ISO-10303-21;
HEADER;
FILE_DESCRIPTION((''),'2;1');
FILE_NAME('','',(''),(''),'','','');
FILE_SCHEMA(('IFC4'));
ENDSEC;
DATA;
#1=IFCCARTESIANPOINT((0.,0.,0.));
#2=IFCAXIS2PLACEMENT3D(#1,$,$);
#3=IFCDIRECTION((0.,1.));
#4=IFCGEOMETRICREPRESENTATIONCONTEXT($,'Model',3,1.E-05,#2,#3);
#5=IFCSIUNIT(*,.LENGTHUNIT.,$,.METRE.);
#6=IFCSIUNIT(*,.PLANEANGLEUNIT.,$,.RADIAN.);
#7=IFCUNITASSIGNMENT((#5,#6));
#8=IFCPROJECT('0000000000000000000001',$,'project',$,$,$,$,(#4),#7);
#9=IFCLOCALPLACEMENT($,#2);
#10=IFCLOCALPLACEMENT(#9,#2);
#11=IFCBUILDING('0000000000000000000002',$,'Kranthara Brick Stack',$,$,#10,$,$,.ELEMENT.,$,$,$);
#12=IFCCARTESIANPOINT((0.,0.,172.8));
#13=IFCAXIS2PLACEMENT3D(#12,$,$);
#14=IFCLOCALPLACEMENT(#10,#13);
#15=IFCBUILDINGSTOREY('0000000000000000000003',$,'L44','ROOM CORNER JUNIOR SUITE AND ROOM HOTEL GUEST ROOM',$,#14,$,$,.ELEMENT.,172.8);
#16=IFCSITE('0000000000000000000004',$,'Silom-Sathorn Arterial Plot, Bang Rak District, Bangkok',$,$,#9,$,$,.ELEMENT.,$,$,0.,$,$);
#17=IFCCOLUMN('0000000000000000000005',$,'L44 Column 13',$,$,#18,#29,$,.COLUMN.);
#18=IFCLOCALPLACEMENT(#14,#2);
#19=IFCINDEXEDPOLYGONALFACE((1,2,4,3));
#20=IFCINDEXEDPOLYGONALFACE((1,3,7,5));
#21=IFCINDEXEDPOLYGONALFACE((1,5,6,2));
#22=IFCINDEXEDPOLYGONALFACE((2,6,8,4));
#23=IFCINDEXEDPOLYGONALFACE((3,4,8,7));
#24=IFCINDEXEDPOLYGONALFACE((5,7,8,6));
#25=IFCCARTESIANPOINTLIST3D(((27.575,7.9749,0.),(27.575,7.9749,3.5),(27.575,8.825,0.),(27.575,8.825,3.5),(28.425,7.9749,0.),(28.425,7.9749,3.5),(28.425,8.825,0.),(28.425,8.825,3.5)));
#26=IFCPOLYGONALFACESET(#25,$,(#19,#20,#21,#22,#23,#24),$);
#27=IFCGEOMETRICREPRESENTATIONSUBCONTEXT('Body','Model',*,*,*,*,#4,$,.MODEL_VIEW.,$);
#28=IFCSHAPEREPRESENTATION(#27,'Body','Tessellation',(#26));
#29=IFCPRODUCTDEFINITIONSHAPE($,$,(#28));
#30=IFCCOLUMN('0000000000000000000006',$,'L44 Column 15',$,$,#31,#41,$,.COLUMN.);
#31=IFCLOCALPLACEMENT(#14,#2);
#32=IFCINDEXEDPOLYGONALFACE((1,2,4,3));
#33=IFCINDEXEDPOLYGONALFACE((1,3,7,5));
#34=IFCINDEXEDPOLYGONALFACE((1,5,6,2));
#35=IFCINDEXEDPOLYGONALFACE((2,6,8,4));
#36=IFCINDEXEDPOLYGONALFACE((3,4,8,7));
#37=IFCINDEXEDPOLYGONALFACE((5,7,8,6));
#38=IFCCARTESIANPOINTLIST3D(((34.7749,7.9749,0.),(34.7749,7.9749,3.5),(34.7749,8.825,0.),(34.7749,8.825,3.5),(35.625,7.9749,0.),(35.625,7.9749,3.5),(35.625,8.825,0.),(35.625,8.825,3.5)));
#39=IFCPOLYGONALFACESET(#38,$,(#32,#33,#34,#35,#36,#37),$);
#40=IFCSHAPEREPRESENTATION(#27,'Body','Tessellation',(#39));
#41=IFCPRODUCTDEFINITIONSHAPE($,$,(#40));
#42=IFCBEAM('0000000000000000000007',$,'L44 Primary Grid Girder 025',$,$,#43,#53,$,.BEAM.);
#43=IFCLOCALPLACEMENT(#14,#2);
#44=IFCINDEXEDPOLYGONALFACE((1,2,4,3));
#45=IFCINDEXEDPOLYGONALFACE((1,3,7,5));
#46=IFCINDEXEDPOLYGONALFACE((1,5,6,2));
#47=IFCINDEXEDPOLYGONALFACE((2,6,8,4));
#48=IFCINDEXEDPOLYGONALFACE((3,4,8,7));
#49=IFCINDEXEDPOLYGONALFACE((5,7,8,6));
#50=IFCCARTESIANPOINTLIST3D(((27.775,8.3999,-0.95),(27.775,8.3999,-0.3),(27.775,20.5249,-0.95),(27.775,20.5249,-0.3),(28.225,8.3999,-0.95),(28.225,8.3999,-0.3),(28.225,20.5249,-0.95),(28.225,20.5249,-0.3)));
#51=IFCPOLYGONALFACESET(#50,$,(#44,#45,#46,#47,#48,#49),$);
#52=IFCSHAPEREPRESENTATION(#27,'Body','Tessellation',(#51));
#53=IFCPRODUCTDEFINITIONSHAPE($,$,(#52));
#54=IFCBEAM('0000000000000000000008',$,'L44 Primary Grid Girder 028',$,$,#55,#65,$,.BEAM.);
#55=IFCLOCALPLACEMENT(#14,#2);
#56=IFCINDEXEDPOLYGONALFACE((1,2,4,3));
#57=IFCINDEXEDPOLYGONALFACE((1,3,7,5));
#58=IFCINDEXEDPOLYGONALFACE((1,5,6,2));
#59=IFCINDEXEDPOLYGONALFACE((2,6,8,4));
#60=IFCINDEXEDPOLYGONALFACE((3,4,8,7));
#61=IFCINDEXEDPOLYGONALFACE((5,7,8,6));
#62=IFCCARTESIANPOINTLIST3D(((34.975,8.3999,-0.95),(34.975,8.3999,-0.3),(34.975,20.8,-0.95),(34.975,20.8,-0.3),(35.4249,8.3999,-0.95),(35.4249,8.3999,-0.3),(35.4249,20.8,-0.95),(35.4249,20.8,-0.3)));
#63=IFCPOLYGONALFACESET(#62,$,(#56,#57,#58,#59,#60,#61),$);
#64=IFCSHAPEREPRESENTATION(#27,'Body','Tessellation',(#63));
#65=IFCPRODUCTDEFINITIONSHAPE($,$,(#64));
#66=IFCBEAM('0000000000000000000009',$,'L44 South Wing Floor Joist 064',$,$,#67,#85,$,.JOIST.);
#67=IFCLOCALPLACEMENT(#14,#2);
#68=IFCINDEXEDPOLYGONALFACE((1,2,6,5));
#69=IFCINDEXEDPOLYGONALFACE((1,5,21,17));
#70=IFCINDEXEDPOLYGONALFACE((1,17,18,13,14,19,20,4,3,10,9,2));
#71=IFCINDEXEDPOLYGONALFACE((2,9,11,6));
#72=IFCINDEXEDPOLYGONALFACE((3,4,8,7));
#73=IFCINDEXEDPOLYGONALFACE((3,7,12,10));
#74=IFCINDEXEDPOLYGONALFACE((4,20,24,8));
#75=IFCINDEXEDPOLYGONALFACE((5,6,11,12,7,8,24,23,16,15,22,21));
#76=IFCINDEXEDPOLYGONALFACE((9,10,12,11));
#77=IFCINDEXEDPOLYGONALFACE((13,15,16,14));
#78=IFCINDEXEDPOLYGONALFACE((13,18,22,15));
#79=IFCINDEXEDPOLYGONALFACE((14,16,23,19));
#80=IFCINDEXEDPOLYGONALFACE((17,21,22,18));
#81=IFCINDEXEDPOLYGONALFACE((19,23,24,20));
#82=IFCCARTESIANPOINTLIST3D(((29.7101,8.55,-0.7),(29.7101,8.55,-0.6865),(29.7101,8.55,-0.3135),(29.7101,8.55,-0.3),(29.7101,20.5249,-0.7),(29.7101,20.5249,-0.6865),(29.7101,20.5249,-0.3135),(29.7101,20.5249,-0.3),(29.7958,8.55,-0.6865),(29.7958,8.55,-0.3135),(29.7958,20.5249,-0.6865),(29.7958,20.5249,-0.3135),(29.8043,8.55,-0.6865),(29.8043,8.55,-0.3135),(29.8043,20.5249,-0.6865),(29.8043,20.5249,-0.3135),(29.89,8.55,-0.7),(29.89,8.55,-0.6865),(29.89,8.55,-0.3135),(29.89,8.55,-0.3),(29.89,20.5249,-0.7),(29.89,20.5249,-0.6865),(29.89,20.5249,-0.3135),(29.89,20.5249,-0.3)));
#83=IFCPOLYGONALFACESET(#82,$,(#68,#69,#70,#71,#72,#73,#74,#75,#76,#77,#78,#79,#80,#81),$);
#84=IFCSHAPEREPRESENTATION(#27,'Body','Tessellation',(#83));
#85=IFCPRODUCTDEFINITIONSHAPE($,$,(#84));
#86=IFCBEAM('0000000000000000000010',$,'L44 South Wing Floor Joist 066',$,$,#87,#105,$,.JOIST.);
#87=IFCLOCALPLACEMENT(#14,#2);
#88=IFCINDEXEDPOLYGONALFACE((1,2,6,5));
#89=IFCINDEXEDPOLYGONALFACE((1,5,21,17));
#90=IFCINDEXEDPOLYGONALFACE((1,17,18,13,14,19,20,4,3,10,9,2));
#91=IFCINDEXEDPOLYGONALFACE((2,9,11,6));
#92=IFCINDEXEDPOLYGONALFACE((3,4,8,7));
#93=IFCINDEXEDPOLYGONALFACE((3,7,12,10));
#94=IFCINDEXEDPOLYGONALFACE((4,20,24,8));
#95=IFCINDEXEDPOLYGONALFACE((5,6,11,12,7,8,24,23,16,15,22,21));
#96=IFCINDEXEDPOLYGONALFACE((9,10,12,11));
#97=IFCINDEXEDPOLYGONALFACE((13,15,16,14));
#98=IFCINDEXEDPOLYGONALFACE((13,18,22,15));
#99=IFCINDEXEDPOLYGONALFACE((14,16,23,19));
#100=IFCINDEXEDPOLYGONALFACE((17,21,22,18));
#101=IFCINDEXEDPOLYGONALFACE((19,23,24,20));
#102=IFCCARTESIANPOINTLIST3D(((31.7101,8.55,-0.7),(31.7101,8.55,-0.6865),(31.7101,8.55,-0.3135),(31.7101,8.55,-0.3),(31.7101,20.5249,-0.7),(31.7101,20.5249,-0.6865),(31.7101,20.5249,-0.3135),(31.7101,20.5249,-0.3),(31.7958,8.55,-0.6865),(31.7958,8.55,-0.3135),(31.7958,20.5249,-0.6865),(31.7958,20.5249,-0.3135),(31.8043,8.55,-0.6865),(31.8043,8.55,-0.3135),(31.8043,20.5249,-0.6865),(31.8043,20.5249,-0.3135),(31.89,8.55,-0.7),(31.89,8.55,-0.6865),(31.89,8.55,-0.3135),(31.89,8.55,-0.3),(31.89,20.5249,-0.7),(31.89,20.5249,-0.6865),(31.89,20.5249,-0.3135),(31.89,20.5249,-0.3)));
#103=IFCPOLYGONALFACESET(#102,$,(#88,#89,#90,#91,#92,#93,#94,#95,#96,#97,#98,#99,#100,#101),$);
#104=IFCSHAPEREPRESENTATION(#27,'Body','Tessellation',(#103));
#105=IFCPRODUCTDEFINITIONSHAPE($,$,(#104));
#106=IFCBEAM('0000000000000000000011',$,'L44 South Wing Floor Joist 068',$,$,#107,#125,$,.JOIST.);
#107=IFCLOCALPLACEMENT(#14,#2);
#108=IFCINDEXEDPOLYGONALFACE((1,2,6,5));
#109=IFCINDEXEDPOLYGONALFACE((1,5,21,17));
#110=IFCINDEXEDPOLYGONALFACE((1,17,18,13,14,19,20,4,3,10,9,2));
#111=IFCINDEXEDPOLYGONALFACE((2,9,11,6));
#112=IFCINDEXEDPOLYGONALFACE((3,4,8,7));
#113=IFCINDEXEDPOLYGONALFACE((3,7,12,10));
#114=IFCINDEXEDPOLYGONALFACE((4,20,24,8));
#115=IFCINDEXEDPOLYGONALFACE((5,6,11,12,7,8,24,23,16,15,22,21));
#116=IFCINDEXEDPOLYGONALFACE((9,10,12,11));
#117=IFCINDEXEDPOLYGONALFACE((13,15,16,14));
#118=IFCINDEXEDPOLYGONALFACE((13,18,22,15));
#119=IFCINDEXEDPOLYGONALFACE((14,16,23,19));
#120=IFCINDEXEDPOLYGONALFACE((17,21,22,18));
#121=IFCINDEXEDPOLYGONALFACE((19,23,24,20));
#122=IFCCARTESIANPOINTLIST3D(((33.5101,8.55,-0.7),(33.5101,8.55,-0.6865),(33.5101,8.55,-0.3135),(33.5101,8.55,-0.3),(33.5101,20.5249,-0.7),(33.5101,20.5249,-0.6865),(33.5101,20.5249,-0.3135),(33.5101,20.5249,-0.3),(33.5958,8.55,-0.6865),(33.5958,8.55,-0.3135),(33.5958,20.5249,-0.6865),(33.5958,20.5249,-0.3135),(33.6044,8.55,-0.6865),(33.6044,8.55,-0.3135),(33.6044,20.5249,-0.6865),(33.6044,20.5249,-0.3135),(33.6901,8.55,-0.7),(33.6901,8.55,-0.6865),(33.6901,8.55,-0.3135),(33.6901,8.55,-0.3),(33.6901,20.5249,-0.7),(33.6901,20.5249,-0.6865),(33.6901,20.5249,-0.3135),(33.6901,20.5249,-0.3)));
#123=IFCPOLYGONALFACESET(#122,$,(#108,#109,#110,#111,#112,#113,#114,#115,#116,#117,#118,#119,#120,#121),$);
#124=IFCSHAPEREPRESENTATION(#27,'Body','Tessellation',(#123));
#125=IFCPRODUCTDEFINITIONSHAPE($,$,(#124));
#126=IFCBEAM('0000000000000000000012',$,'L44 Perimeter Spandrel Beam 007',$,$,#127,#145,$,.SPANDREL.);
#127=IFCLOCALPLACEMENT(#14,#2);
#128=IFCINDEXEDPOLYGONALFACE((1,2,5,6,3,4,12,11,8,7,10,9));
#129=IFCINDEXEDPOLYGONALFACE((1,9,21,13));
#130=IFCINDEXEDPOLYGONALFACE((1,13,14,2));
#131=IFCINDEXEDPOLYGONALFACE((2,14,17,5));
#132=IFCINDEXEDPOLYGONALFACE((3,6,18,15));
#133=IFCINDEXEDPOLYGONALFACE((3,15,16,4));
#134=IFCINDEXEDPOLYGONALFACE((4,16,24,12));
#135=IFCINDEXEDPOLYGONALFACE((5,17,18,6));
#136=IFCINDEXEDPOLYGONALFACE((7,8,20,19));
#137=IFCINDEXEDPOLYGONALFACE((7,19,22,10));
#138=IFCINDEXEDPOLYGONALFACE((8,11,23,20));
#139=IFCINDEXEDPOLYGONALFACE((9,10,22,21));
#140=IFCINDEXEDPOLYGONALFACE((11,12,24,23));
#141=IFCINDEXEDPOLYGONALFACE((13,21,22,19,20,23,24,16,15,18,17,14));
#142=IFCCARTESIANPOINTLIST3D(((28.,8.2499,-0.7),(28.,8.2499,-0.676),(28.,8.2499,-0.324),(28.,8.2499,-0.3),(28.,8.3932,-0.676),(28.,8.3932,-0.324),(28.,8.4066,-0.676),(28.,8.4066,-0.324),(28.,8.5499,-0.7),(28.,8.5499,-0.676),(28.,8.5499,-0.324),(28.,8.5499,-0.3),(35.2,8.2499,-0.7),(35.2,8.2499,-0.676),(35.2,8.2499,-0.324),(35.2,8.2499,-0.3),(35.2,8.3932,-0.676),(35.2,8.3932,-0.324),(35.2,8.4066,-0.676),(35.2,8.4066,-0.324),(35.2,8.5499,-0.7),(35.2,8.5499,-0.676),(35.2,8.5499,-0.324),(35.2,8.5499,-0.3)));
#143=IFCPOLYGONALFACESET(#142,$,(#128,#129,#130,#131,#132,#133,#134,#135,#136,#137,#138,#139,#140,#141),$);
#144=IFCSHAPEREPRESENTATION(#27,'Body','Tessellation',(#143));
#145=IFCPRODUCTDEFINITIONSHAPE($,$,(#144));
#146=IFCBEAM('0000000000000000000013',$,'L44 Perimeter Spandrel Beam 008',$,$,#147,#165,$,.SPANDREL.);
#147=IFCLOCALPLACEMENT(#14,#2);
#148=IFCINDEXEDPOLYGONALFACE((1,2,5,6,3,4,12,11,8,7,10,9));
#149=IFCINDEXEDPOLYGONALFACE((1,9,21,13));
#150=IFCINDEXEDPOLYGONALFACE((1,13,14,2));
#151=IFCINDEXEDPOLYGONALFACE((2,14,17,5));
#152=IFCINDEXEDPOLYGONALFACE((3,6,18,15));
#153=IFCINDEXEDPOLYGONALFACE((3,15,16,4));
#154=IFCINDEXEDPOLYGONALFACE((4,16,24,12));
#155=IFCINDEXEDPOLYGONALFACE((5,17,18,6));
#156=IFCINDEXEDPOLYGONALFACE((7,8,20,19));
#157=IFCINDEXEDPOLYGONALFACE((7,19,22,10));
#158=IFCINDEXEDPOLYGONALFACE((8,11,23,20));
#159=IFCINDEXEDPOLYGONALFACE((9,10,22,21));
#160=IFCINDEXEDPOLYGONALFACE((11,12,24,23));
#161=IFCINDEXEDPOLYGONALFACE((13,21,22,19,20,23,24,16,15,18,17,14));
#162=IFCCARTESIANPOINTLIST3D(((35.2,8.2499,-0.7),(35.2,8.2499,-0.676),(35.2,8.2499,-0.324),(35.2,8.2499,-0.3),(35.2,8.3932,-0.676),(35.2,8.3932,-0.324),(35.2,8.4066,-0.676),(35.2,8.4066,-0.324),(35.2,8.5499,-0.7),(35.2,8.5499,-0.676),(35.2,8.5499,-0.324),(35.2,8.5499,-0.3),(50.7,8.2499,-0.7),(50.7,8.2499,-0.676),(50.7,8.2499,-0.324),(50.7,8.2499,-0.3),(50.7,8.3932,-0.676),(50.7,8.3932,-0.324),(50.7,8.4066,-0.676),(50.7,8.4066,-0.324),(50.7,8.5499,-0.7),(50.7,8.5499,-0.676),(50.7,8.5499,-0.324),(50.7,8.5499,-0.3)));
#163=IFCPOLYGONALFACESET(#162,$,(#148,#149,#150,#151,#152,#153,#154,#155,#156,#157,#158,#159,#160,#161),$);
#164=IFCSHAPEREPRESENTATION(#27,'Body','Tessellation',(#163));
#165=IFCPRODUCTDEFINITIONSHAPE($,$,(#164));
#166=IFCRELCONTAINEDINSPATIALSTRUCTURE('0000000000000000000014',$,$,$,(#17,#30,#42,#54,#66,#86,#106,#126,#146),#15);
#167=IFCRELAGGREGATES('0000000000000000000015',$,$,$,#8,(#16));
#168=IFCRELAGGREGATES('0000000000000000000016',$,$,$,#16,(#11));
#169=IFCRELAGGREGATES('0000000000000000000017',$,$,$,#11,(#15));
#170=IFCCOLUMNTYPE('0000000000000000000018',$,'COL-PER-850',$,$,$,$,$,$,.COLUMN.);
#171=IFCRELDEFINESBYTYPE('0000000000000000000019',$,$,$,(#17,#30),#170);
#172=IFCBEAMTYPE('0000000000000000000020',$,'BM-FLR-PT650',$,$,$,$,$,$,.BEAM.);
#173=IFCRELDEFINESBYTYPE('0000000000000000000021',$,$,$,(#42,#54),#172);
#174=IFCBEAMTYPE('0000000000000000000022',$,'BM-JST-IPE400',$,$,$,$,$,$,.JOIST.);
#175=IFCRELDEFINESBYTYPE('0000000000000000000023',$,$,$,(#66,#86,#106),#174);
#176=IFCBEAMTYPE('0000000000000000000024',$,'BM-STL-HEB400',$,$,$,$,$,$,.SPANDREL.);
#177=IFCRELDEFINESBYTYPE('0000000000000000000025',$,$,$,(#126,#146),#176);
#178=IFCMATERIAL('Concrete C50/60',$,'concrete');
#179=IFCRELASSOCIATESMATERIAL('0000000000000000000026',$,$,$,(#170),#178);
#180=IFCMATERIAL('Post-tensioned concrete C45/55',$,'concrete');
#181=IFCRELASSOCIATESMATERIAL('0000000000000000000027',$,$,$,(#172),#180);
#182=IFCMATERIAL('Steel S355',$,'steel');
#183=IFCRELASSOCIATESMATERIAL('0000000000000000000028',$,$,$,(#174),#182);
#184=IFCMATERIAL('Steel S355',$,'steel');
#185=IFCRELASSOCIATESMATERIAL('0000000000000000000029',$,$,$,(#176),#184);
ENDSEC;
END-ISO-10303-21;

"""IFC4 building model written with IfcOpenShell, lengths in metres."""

from ifc_helpers import new_model, si_unit, direction, frame, origin, origin_2d, place, context, subcontext, project, spatial, rectangle, i_section, extrude, material, material_profile, profile_set, type_object, element, save


model = new_model("IFC4")

# Units and contexts
model_context = context("Model", 3, precision=1e-05, world=origin(), true_north=direction((0.0, 1.0)))
body_context = subcontext(model_context, "Body", "Model", "MODEL_VIEW")
ifc_project = project(units=[si_unit("LENGTHUNIT", "METRE"), si_unit("PLANEANGLEUNIT", "RADIAN")], contexts=[model_context])

# Site, building, storey
site_placement = place(None, origin())
site = spatial("IfcSite", under=ifc_project, at=site_placement, Name="Silom-Sathorn Arterial Plot, Bang Rak District, Bangkok", CompositionType="ELEMENT", RefElevation=0.0)
building_placement = place(site_placement, origin())
building = spatial("IfcBuilding", under=site, at=building_placement, Name="Kranthara Brick Stack", CompositionType="ELEMENT")
storey_placement = place(building_placement, frame((0.0, 0.0, 172.8)))
storey = spatial("IfcBuildingStorey", under=building, at=storey_placement, Name="L44", Description="ROOM CORNER JUNIOR SUITE AND ROOM HOTEL GUEST ROOM", CompositionType="ELEMENT", Elevation=172.8)

# Columns
ifc_material_1 = material(Name="Concrete C50/60", Category="concrete")
ifc_material_profile_1 = material_profile(ifc_material_1, rectangle(XDim=0.8501, YDim=0.8501, at=origin_2d()), Name="RC 850x850")
ifc_profile_set_1 = profile_set([ifc_material_profile_1], Name="Concrete C50/60")
column_type = type_object("IfcColumnType", Name="COL-PER-850", PredefinedType="COLUMN", material=ifc_profile_set_1)
for number, where, z_axis, x_axis, name in (
    (1, (28.0, 8.3999, 0.0), (0.0, 0.0, 1.0), (1.0, 0.0, 0.0), "L44 Column 13"),
    (2, (35.2, 8.3999, 0.0), (0.0, 0.0, 1.0), (1.0, 0.0, 0.0), "L44 Column 15"),
):
    element("IfcColumn", number, at=place(storey_placement, frame(where, z_axis=z_axis, x_axis=x_axis)), inside=storey, type_object=column_type, Name=name, PredefinedType="COLUMN", context=body_context, shape_type="SweptSolid", body=[
        extrude(rectangle(XDim=0.8501, YDim=0.8501, at=origin_2d()), origin(), (0.0, 0.0, 1.0), 3.5),
    ])

# Beams
ifc_material_2 = material(Name="Post-tensioned concrete C45/55", Category="concrete")
ifc_material_profile_2 = material_profile(ifc_material_2, rectangle(XDim=0.45, YDim=0.6499, at=origin_2d()), Name="PT 450x650")
ifc_profile_set_2 = profile_set([ifc_material_profile_2], Name="Post-tensioned concrete C45/55")
beam_type_1 = type_object("IfcBeamType", Name="BM-FLR-PT650", PredefinedType="BEAM", material=ifc_profile_set_2)
beam_1_placement = place(storey_placement, frame((28.0, 8.3999, -0.625), z_axis=(0.0, 1.0, 0.0), x_axis=(-1.0, 0.0, 0.0)))
element("IfcBeam", 3, at=beam_1_placement, inside=storey, type_object=beam_type_1, Name="L44 Primary Grid Girder 025", PredefinedType="BEAM", context=body_context, shape_type="SweptSolid", body=[
    extrude(rectangle(XDim=0.45, YDim=0.6499, at=origin_2d()), origin(), (0.0, 0.0, 1.0), 12.125),
])
beam_2_placement = place(storey_placement, frame((35.2, 8.3999, -0.625), z_axis=(0.0, 1.0, 0.0), x_axis=(-1.0, 0.0, 0.0)))
element("IfcBeam", 4, at=beam_2_placement, inside=storey, type_object=beam_type_1, Name="L44 Primary Grid Girder 028", PredefinedType="BEAM", context=body_context, shape_type="SweptSolid", body=[
    extrude(rectangle(XDim=0.45, YDim=0.6499, at=origin_2d()), origin(), (0.0, 0.0, 1.0), 12.4001),
])
ifc_material_3 = material(Name="Steel S355", Category="steel")
ifc_material_profile_3 = material_profile(ifc_material_3, i_section(OverallWidth=0.1799, OverallDepth=0.3999, WebThickness=0.0085, FlangeThickness=0.0134, at=origin_2d()), Name="IPE 400")
ifc_profile_set_3 = profile_set([ifc_material_profile_3], Name="Steel S355")
beam_type_2 = type_object("IfcBeamType", Name="BM-JST-IPE400", PredefinedType="JOIST", material=ifc_profile_set_3)
for number, where, z_axis, x_axis, name in (
    (5, (29.8, 8.55, -0.5), (0.0, 1.0, 0.0), (-1.0, 0.0, 0.0), "L44 South Wing Floor Joist 064"),
    (6, (31.8, 8.55, -0.5), (0.0, 1.0, 0.0), (-1.0, 0.0, 0.0), "L44 South Wing Floor Joist 066"),
    (7, (33.6001, 8.55, -0.5), (0.0, 1.0, 0.0), (-1.0, 0.0, 0.0), "L44 South Wing Floor Joist 068"),
):
    element("IfcBeam", number, at=place(storey_placement, frame(where, z_axis=z_axis, x_axis=x_axis)), inside=storey, type_object=beam_type_2, Name=name, PredefinedType="JOIST", context=body_context, shape_type="SweptSolid", body=[
        extrude(i_section(OverallWidth=0.1799, OverallDepth=0.3999, WebThickness=0.0085, FlangeThickness=0.0134, at=origin_2d()), origin(), (0.0, 0.0, 1.0), 11.9749),
    ])
ifc_material_4 = material(Name="Steel S355", Category="steel")
ifc_material_profile_4 = material_profile(ifc_material_4, i_section(OverallWidth=0.3, OverallDepth=0.3999, WebThickness=0.0134, FlangeThickness=0.0239, at=origin_2d()), Name="HEB 400")
ifc_profile_set_4 = profile_set([ifc_material_profile_4], Name="Steel S355")
beam_type_3 = type_object("IfcBeamType", Name="BM-STL-HEB400", PredefinedType="SPANDREL", material=ifc_profile_set_4)
beam_3_placement = place(storey_placement, frame((28.0, 8.3999, -0.5), z_axis=(1.0, 0.0, 0.0), x_axis=(0.0, 1.0, 0.0)))
element("IfcBeam", 8, at=beam_3_placement, inside=storey, type_object=beam_type_3, Name="L44 Perimeter Spandrel Beam 007", PredefinedType="SPANDREL", context=body_context, shape_type="SweptSolid", body=[
    extrude(i_section(OverallWidth=0.3, OverallDepth=0.3999, WebThickness=0.0134, FlangeThickness=0.0239, at=origin_2d()), origin(), (0.0, 0.0, 1.0), 7.2),
])
beam_4_placement = place(storey_placement, frame((35.2, 8.3999, -0.5), z_axis=(1.0, 0.0, 0.0), x_axis=(0.0, 1.0, 0.0)))
element("IfcBeam", 9, at=beam_4_placement, inside=storey, type_object=beam_type_3, Name="L44 Perimeter Spandrel Beam 008", PredefinedType="SPANDREL", context=body_context, shape_type="SweptSolid", body=[
    extrude(i_section(OverallWidth=0.3, OverallDepth=0.3999, WebThickness=0.0134, FlangeThickness=0.0239, at=origin_2d()), origin(), (0.0, 0.0, 1.0), 15.5),
])

save(model, "model.ifc")
